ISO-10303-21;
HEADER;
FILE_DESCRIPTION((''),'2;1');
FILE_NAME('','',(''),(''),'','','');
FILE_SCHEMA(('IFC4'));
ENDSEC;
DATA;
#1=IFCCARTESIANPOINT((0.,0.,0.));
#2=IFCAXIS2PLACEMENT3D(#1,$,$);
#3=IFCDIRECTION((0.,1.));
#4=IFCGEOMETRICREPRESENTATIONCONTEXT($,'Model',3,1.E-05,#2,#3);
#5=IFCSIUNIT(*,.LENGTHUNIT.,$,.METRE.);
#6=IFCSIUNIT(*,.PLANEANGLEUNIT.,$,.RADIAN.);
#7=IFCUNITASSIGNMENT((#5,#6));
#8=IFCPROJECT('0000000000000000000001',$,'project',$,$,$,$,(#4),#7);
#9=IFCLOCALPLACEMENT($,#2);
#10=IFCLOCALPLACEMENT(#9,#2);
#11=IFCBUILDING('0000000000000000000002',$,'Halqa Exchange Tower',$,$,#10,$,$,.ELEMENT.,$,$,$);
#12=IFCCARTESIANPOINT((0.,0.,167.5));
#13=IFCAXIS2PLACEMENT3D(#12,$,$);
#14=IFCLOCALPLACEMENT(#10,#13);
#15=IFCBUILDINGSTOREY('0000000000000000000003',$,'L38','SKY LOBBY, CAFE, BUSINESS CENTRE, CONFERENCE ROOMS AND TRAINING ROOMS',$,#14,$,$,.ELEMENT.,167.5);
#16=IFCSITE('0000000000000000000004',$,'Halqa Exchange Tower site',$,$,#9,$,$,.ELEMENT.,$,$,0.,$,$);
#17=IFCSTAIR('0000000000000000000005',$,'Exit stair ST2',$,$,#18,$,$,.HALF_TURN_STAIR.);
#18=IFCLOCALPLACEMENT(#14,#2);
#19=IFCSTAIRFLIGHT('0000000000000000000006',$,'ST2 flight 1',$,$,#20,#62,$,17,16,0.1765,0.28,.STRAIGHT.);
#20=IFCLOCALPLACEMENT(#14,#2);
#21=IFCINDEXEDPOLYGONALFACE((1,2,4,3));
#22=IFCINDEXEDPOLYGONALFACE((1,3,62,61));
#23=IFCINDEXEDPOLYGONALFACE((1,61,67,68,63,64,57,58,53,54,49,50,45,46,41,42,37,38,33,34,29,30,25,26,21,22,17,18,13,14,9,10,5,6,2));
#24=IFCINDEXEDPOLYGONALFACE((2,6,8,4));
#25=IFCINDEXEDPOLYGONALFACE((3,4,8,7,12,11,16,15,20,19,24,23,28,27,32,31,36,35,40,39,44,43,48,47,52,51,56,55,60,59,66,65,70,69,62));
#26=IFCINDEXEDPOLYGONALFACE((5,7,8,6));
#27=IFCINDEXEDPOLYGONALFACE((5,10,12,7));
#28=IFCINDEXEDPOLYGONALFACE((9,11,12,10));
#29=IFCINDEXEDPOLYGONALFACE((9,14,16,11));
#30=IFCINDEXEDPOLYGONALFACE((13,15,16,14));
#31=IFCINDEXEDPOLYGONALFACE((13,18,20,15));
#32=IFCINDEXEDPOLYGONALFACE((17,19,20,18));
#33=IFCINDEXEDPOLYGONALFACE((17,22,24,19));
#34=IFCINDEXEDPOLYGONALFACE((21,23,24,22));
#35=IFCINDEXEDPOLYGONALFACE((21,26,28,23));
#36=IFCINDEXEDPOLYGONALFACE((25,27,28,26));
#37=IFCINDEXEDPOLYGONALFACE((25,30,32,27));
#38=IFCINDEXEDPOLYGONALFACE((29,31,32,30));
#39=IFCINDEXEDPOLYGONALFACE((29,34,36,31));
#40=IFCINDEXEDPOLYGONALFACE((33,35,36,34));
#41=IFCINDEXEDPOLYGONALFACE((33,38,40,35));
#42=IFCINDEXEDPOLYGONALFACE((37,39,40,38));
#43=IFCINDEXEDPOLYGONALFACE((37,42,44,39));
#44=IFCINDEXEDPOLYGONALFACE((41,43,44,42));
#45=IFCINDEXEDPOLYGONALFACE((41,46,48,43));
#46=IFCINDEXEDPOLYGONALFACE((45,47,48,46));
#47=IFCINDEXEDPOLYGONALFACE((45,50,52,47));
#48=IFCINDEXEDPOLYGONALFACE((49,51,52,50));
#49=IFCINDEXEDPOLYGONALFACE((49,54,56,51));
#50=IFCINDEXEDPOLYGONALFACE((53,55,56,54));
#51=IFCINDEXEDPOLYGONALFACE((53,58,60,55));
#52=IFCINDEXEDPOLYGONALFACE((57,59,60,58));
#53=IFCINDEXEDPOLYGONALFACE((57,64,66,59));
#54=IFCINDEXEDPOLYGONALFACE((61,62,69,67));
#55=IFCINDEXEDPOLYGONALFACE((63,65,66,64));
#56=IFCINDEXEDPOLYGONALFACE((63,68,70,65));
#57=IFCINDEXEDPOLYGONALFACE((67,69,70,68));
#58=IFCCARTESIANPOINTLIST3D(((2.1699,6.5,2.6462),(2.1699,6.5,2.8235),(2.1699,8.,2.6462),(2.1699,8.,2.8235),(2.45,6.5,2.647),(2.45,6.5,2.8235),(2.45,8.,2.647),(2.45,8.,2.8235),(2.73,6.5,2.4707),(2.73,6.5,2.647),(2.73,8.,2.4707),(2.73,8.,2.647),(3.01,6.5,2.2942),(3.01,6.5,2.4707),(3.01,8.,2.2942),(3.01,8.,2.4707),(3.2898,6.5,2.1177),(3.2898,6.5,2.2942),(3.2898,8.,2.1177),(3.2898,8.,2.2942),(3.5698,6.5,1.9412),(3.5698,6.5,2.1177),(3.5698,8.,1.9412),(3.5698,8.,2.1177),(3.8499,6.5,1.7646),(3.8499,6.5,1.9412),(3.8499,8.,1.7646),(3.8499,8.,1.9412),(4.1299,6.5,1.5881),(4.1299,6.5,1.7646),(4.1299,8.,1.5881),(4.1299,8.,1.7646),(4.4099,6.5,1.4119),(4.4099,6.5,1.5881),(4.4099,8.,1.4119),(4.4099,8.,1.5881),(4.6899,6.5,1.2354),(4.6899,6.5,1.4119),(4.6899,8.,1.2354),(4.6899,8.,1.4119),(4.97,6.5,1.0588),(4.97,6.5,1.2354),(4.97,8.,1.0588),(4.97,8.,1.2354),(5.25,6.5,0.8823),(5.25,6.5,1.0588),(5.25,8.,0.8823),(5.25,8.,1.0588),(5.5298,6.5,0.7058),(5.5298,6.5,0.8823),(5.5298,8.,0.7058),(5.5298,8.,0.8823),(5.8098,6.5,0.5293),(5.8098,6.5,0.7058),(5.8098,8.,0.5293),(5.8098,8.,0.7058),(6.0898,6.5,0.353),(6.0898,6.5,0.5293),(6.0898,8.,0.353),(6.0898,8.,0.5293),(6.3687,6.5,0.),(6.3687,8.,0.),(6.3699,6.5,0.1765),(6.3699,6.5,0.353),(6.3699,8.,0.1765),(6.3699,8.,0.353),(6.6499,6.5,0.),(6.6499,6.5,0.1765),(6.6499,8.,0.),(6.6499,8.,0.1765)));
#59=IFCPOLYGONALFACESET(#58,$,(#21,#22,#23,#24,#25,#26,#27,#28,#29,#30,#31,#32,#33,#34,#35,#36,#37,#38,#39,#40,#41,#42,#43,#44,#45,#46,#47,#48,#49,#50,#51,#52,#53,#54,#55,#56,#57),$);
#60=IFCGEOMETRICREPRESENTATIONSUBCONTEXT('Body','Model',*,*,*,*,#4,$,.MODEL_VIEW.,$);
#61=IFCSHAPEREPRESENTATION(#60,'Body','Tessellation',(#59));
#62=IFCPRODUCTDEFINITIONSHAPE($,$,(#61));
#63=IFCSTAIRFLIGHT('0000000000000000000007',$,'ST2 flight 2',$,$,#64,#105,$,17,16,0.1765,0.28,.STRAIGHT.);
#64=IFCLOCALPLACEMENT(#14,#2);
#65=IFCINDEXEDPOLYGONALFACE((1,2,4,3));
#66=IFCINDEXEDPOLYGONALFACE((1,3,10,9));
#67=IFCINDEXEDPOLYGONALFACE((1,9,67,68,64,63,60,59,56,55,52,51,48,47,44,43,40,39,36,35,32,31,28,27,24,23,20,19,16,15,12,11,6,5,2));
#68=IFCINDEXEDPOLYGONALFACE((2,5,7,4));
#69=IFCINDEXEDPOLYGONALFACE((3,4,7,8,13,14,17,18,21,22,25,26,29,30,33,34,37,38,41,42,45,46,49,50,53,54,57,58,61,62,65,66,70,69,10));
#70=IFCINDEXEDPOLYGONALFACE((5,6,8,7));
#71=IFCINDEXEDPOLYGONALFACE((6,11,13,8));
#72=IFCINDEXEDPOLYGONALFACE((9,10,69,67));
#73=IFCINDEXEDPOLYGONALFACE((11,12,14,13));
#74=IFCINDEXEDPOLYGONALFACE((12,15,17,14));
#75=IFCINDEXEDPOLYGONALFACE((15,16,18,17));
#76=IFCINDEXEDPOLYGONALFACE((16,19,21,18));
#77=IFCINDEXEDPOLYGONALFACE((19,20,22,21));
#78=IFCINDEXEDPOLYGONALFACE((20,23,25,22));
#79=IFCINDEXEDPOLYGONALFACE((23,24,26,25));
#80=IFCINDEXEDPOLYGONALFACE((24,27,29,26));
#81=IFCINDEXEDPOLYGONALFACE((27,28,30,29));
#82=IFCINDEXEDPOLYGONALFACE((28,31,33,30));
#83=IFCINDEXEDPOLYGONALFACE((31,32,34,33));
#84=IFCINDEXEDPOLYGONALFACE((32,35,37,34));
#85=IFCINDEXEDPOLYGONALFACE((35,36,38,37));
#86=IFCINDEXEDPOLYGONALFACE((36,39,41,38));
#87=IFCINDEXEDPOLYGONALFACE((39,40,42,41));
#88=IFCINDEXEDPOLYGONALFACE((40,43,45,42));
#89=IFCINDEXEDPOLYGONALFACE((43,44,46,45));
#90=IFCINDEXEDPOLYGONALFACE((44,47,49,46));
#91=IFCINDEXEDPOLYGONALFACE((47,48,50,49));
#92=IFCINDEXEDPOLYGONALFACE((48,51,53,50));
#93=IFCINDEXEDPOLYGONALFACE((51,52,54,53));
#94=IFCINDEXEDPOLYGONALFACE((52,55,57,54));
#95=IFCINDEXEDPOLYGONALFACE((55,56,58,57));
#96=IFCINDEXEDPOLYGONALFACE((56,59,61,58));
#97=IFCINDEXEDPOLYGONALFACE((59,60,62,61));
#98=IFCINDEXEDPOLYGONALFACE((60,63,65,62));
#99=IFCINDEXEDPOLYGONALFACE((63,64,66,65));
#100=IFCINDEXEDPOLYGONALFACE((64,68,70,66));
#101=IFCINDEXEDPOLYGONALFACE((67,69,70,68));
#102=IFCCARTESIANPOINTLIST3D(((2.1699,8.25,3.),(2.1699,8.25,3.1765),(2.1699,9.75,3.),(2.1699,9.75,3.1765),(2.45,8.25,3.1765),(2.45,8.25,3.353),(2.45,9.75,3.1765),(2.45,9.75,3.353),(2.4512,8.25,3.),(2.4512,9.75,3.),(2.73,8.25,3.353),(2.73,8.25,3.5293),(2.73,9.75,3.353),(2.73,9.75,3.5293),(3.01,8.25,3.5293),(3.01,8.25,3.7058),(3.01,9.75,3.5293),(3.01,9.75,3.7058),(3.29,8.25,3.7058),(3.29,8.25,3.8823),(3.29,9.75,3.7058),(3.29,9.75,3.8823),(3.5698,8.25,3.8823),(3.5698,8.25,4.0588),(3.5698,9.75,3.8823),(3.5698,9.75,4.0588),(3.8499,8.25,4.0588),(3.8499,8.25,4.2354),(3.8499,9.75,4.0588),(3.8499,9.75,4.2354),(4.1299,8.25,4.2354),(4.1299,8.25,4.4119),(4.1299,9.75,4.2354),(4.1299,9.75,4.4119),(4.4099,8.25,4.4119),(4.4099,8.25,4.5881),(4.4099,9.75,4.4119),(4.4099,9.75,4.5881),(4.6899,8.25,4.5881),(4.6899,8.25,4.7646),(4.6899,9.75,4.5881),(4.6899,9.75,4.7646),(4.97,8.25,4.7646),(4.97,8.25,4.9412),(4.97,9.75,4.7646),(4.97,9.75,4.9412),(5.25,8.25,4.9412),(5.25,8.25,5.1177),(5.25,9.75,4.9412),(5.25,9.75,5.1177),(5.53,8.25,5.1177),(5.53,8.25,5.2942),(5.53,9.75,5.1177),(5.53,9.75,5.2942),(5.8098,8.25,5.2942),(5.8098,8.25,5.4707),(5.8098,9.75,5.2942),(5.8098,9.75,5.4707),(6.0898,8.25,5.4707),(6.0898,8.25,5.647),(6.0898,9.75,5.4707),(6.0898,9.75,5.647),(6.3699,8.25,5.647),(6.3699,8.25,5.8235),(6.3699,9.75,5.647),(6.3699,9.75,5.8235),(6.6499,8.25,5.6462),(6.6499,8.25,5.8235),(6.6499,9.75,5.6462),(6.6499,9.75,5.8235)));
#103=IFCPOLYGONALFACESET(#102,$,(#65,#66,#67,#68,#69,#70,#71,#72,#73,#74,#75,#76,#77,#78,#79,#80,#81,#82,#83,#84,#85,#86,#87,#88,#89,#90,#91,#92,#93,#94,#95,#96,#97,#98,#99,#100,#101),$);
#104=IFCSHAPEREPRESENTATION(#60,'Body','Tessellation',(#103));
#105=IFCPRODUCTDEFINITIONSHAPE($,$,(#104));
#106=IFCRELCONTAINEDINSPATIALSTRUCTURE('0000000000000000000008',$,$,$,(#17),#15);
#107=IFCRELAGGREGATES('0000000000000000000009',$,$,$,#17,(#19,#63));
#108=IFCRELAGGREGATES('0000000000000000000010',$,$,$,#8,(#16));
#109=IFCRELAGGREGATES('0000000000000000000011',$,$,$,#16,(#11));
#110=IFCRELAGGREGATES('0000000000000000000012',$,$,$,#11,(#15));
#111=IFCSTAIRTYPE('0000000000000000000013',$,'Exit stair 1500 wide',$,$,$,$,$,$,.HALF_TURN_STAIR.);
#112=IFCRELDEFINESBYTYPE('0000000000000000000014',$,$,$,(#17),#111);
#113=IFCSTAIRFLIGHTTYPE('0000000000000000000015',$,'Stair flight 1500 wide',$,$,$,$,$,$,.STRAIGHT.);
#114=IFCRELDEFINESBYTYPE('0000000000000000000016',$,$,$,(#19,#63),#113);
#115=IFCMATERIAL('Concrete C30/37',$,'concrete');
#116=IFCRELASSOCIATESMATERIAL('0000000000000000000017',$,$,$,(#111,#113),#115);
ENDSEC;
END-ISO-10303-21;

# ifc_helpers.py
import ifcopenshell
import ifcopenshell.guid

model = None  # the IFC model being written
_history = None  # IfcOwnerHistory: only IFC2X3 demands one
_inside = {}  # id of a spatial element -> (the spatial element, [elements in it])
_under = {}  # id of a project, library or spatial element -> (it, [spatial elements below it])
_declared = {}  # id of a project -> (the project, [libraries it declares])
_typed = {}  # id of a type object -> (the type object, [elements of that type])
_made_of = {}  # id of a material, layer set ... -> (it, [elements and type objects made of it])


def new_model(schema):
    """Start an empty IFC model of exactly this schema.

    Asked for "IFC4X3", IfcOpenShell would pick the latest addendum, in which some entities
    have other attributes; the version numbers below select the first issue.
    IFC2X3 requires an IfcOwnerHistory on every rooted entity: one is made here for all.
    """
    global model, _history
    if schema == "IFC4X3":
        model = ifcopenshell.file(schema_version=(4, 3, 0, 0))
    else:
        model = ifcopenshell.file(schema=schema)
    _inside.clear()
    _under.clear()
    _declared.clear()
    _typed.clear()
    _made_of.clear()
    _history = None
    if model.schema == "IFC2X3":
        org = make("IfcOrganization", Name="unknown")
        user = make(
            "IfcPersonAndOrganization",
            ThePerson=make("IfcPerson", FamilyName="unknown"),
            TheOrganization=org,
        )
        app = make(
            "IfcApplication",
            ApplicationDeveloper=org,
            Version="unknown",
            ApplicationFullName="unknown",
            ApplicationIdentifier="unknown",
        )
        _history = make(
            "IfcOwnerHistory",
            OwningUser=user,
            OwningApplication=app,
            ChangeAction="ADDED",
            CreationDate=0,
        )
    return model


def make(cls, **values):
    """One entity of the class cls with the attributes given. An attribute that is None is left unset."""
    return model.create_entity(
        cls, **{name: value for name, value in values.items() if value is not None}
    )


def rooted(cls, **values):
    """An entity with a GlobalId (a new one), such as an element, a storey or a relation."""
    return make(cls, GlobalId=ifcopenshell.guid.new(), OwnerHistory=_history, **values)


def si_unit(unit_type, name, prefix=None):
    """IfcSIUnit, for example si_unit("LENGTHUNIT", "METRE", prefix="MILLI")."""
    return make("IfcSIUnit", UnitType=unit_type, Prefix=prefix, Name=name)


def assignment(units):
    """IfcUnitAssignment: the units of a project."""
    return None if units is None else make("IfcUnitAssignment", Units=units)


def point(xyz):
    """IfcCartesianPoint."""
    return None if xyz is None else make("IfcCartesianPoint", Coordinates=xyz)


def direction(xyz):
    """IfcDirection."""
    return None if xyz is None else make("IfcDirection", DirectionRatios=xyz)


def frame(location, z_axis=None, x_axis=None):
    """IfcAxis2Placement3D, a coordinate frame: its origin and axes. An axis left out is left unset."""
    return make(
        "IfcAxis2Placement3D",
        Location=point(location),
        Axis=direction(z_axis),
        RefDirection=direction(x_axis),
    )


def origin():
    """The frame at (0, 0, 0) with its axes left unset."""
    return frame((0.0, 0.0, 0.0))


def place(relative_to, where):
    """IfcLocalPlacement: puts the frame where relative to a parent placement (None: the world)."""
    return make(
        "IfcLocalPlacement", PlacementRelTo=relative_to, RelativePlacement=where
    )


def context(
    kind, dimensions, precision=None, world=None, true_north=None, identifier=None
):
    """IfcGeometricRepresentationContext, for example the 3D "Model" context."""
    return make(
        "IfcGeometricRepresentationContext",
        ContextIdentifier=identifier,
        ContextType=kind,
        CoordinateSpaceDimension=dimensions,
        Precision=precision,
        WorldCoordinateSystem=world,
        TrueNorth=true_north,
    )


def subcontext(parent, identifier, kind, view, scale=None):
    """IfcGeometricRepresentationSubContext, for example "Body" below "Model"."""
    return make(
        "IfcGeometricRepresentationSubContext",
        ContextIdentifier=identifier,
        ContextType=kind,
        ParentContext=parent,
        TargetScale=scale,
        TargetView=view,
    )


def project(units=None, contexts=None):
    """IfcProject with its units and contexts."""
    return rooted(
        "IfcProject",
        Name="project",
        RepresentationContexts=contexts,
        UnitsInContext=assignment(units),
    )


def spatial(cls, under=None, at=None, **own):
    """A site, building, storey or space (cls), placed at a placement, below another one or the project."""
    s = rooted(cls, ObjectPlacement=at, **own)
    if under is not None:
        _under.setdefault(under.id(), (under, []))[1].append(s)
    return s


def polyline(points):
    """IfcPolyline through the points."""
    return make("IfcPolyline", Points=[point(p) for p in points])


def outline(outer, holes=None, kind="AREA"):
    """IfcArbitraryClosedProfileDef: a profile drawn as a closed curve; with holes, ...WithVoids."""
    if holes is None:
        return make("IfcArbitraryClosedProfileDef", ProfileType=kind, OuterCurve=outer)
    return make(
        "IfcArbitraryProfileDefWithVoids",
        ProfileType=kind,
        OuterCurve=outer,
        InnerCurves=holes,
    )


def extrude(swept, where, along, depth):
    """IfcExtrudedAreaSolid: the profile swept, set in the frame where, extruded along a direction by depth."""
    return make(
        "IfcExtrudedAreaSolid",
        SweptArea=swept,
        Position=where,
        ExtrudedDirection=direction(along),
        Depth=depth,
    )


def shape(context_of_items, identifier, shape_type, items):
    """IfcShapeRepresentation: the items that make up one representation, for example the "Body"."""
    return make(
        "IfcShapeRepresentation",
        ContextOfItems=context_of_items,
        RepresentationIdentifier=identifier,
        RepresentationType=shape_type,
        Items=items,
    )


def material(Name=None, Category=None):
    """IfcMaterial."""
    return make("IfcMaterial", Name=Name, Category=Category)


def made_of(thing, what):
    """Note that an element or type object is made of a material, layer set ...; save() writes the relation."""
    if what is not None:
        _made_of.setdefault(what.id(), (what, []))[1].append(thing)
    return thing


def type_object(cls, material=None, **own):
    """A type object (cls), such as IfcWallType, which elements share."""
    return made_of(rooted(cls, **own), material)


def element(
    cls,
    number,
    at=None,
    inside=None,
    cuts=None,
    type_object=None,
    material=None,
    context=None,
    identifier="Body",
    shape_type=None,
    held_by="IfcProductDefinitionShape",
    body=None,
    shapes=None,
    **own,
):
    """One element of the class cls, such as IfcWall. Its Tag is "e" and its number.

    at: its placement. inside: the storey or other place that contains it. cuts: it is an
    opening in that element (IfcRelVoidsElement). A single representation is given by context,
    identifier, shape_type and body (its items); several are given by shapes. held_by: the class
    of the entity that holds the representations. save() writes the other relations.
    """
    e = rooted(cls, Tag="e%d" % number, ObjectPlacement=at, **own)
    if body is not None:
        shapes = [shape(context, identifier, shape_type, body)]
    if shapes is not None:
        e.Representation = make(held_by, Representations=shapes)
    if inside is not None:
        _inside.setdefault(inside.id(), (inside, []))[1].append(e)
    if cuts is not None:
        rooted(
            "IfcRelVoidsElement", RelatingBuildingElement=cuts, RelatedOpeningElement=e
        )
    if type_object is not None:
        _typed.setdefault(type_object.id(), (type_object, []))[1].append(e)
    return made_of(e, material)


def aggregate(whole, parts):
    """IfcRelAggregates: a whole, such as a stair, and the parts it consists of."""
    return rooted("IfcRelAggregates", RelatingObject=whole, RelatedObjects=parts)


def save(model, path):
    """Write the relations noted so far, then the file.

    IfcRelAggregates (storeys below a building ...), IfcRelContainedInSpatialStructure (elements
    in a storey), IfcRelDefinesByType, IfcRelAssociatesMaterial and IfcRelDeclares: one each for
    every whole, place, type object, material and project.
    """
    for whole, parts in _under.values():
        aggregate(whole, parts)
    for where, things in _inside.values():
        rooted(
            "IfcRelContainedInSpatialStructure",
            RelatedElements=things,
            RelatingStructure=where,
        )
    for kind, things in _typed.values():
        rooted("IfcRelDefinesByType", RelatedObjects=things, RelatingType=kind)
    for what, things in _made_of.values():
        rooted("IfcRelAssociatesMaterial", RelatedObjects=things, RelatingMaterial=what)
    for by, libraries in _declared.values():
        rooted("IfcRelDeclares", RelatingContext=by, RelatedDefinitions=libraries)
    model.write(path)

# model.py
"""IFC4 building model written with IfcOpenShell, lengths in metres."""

from ifc_helpers import new_model, si_unit, direction, frame, origin, place, context, subcontext, project, spatial, polyline, outline, extrude, material, type_object, element, aggregate, save


model = new_model("IFC4")

# Units and contexts
model_context = context("Model", 3, precision=1e-05, world=origin(), true_north=direction((0.0, 1.0)))
body_context = subcontext(model_context, "Body", "Model", "MODEL_VIEW")
ifc_project = project(units=[si_unit("LENGTHUNIT", "METRE"), si_unit("PLANEANGLEUNIT", "RADIAN")], contexts=[model_context])

# Site, building, storey
site_placement = place(None, origin())
site = spatial("IfcSite", under=ifc_project, at=site_placement, Name="Halqa Exchange Tower site", CompositionType="ELEMENT", RefElevation=0.0)
building_placement = place(site_placement, origin())
building = spatial("IfcBuilding", under=site, at=building_placement, Name="Halqa Exchange Tower", CompositionType="ELEMENT")
storey_placement = place(building_placement, frame((0.0, 0.0, 167.5)))
storey = spatial("IfcBuildingStorey", under=building, at=storey_placement, Name="L38", Description="SKY LOBBY, CAFE, BUSINESS CENTRE, CONFERENCE ROOMS AND TRAINING ROOMS", CompositionType="ELEMENT", Elevation=167.5)

# Shared definitions
ifc_material_1 = material(Name="Concrete C30/37", Category="concrete")
stair_type = type_object("IfcStairType", Name="Exit stair 1500 wide", PredefinedType="HALF_TURN_STAIR", material=ifc_material_1)

# Stair, stair flights
stair_1_placement = place(storey_placement, origin())
stair_1 = element("IfcStair", 1, at=stair_1_placement, inside=storey, type_object=stair_type, Name="Exit stair ST2", PredefinedType="HALF_TURN_STAIR")
stair_flight_type = type_object("IfcStairFlightType", Name="Stair flight 1500 wide", PredefinedType="STRAIGHT", material=ifc_material_1)
stair_flight_1_placement = place(storey_placement, frame((6.6499, 7.25, 0.0), z_axis=(0.0, 0.0, 1.0), x_axis=(-1.0, 0.0, 0.0)))
stair_flight_1 = element("IfcStairFlight", 2, at=stair_flight_1_placement, type_object=stair_flight_type, Name="ST2 flight 1", NumberOfRisers=17, NumberOfTreads=16, PredefinedType="STRAIGHT", RiserHeight=0.1765, TreadLength=0.28, context=body_context, shape_type="SweptSolid", body=[
    extrude(outline(polyline([(0.0, 0.0), (0.0, 0.1765), (0.28, 0.1765), (0.28, 0.353), (0.5601, 0.353), (0.5601, 0.5293), (0.8401, 0.5293), (0.8401, 0.7058), (1.1201, 0.7058), (1.1201, 0.8823), (1.3999, 0.8823), (1.3999, 1.0588), (1.6799, 1.0588), (1.6799, 1.2354), (1.96, 1.2354), (1.96, 1.4119), (2.24, 1.4119), (2.24, 1.5881), (2.52, 1.5881), (2.52, 1.7646), (2.8, 1.7646), (2.8, 1.9412), (3.0801, 1.9412), (3.0801, 2.1177), (3.3601, 2.1177), (3.3601, 2.2942), (3.6399, 2.2942), (3.6399, 2.4707), (3.9199, 2.4707), (3.9199, 2.647), (4.2, 2.647), (4.2, 2.8235), (4.48, 2.8235), (4.48, 3.0), (4.48, 2.6462), (0.2812, 0.0), (0.0, 0.0)])), frame((0.0, 0.75, 0.0), z_axis=(0.0, -1.0, 0.0), x_axis=(1.0, 0.0, 0.0)), (0.0, 0.0, 1.0), 1.5),
])
stair_flight_2_placement = place(storey_placement, frame((2.1699, 9.0, 3.0), z_axis=(0.0, 0.0, 1.0), x_axis=(1.0, 0.0, 0.0)))
stair_flight_2 = element("IfcStairFlight", 3, at=stair_flight_2_placement, type_object=stair_flight_type, Name="ST2 flight 2", NumberOfRisers=17, NumberOfTreads=16, PredefinedType="STRAIGHT", RiserHeight=0.1765, TreadLength=0.28, context=body_context, shape_type="SweptSolid", body=[
    extrude(outline(polyline([(0.0, 0.0), (0.0, 0.1765), (0.28, 0.1765), (0.28, 0.353), (0.5601, 0.353), (0.5601, 0.5293), (0.8401, 0.5293), (0.8401, 0.7058), (1.1201, 0.7058), (1.1201, 0.8823), (1.3999, 0.8823), (1.3999, 1.0588), (1.6799, 1.0588), (1.6799, 1.2354), (1.96, 1.2354), (1.96, 1.4119), (2.24, 1.4119), (2.24, 1.5881), (2.52, 1.5881), (2.52, 1.7646), (2.8, 1.7646), (2.8, 1.9412), (3.0801, 1.9412), (3.0801, 2.1177), (3.3601, 2.1177), (3.3601, 2.2942), (3.6399, 2.2942), (3.6399, 2.4707), (3.9199, 2.4707), (3.9199, 2.647), (4.2, 2.647), (4.2, 2.8235), (4.48, 2.8235), (4.48, 3.0), (4.48, 2.6462), (0.2812, 0.0), (0.0, 0.0)])), frame((0.0, 0.75, 0.0), z_axis=(0.0, -1.0, 0.0), x_axis=(1.0, 0.0, 0.0)), (0.0, 0.0, 1.0), 1.5),
])
aggregate(stair_1, [stair_flight_1, stair_flight_2])

save(model, "model.ifc")
